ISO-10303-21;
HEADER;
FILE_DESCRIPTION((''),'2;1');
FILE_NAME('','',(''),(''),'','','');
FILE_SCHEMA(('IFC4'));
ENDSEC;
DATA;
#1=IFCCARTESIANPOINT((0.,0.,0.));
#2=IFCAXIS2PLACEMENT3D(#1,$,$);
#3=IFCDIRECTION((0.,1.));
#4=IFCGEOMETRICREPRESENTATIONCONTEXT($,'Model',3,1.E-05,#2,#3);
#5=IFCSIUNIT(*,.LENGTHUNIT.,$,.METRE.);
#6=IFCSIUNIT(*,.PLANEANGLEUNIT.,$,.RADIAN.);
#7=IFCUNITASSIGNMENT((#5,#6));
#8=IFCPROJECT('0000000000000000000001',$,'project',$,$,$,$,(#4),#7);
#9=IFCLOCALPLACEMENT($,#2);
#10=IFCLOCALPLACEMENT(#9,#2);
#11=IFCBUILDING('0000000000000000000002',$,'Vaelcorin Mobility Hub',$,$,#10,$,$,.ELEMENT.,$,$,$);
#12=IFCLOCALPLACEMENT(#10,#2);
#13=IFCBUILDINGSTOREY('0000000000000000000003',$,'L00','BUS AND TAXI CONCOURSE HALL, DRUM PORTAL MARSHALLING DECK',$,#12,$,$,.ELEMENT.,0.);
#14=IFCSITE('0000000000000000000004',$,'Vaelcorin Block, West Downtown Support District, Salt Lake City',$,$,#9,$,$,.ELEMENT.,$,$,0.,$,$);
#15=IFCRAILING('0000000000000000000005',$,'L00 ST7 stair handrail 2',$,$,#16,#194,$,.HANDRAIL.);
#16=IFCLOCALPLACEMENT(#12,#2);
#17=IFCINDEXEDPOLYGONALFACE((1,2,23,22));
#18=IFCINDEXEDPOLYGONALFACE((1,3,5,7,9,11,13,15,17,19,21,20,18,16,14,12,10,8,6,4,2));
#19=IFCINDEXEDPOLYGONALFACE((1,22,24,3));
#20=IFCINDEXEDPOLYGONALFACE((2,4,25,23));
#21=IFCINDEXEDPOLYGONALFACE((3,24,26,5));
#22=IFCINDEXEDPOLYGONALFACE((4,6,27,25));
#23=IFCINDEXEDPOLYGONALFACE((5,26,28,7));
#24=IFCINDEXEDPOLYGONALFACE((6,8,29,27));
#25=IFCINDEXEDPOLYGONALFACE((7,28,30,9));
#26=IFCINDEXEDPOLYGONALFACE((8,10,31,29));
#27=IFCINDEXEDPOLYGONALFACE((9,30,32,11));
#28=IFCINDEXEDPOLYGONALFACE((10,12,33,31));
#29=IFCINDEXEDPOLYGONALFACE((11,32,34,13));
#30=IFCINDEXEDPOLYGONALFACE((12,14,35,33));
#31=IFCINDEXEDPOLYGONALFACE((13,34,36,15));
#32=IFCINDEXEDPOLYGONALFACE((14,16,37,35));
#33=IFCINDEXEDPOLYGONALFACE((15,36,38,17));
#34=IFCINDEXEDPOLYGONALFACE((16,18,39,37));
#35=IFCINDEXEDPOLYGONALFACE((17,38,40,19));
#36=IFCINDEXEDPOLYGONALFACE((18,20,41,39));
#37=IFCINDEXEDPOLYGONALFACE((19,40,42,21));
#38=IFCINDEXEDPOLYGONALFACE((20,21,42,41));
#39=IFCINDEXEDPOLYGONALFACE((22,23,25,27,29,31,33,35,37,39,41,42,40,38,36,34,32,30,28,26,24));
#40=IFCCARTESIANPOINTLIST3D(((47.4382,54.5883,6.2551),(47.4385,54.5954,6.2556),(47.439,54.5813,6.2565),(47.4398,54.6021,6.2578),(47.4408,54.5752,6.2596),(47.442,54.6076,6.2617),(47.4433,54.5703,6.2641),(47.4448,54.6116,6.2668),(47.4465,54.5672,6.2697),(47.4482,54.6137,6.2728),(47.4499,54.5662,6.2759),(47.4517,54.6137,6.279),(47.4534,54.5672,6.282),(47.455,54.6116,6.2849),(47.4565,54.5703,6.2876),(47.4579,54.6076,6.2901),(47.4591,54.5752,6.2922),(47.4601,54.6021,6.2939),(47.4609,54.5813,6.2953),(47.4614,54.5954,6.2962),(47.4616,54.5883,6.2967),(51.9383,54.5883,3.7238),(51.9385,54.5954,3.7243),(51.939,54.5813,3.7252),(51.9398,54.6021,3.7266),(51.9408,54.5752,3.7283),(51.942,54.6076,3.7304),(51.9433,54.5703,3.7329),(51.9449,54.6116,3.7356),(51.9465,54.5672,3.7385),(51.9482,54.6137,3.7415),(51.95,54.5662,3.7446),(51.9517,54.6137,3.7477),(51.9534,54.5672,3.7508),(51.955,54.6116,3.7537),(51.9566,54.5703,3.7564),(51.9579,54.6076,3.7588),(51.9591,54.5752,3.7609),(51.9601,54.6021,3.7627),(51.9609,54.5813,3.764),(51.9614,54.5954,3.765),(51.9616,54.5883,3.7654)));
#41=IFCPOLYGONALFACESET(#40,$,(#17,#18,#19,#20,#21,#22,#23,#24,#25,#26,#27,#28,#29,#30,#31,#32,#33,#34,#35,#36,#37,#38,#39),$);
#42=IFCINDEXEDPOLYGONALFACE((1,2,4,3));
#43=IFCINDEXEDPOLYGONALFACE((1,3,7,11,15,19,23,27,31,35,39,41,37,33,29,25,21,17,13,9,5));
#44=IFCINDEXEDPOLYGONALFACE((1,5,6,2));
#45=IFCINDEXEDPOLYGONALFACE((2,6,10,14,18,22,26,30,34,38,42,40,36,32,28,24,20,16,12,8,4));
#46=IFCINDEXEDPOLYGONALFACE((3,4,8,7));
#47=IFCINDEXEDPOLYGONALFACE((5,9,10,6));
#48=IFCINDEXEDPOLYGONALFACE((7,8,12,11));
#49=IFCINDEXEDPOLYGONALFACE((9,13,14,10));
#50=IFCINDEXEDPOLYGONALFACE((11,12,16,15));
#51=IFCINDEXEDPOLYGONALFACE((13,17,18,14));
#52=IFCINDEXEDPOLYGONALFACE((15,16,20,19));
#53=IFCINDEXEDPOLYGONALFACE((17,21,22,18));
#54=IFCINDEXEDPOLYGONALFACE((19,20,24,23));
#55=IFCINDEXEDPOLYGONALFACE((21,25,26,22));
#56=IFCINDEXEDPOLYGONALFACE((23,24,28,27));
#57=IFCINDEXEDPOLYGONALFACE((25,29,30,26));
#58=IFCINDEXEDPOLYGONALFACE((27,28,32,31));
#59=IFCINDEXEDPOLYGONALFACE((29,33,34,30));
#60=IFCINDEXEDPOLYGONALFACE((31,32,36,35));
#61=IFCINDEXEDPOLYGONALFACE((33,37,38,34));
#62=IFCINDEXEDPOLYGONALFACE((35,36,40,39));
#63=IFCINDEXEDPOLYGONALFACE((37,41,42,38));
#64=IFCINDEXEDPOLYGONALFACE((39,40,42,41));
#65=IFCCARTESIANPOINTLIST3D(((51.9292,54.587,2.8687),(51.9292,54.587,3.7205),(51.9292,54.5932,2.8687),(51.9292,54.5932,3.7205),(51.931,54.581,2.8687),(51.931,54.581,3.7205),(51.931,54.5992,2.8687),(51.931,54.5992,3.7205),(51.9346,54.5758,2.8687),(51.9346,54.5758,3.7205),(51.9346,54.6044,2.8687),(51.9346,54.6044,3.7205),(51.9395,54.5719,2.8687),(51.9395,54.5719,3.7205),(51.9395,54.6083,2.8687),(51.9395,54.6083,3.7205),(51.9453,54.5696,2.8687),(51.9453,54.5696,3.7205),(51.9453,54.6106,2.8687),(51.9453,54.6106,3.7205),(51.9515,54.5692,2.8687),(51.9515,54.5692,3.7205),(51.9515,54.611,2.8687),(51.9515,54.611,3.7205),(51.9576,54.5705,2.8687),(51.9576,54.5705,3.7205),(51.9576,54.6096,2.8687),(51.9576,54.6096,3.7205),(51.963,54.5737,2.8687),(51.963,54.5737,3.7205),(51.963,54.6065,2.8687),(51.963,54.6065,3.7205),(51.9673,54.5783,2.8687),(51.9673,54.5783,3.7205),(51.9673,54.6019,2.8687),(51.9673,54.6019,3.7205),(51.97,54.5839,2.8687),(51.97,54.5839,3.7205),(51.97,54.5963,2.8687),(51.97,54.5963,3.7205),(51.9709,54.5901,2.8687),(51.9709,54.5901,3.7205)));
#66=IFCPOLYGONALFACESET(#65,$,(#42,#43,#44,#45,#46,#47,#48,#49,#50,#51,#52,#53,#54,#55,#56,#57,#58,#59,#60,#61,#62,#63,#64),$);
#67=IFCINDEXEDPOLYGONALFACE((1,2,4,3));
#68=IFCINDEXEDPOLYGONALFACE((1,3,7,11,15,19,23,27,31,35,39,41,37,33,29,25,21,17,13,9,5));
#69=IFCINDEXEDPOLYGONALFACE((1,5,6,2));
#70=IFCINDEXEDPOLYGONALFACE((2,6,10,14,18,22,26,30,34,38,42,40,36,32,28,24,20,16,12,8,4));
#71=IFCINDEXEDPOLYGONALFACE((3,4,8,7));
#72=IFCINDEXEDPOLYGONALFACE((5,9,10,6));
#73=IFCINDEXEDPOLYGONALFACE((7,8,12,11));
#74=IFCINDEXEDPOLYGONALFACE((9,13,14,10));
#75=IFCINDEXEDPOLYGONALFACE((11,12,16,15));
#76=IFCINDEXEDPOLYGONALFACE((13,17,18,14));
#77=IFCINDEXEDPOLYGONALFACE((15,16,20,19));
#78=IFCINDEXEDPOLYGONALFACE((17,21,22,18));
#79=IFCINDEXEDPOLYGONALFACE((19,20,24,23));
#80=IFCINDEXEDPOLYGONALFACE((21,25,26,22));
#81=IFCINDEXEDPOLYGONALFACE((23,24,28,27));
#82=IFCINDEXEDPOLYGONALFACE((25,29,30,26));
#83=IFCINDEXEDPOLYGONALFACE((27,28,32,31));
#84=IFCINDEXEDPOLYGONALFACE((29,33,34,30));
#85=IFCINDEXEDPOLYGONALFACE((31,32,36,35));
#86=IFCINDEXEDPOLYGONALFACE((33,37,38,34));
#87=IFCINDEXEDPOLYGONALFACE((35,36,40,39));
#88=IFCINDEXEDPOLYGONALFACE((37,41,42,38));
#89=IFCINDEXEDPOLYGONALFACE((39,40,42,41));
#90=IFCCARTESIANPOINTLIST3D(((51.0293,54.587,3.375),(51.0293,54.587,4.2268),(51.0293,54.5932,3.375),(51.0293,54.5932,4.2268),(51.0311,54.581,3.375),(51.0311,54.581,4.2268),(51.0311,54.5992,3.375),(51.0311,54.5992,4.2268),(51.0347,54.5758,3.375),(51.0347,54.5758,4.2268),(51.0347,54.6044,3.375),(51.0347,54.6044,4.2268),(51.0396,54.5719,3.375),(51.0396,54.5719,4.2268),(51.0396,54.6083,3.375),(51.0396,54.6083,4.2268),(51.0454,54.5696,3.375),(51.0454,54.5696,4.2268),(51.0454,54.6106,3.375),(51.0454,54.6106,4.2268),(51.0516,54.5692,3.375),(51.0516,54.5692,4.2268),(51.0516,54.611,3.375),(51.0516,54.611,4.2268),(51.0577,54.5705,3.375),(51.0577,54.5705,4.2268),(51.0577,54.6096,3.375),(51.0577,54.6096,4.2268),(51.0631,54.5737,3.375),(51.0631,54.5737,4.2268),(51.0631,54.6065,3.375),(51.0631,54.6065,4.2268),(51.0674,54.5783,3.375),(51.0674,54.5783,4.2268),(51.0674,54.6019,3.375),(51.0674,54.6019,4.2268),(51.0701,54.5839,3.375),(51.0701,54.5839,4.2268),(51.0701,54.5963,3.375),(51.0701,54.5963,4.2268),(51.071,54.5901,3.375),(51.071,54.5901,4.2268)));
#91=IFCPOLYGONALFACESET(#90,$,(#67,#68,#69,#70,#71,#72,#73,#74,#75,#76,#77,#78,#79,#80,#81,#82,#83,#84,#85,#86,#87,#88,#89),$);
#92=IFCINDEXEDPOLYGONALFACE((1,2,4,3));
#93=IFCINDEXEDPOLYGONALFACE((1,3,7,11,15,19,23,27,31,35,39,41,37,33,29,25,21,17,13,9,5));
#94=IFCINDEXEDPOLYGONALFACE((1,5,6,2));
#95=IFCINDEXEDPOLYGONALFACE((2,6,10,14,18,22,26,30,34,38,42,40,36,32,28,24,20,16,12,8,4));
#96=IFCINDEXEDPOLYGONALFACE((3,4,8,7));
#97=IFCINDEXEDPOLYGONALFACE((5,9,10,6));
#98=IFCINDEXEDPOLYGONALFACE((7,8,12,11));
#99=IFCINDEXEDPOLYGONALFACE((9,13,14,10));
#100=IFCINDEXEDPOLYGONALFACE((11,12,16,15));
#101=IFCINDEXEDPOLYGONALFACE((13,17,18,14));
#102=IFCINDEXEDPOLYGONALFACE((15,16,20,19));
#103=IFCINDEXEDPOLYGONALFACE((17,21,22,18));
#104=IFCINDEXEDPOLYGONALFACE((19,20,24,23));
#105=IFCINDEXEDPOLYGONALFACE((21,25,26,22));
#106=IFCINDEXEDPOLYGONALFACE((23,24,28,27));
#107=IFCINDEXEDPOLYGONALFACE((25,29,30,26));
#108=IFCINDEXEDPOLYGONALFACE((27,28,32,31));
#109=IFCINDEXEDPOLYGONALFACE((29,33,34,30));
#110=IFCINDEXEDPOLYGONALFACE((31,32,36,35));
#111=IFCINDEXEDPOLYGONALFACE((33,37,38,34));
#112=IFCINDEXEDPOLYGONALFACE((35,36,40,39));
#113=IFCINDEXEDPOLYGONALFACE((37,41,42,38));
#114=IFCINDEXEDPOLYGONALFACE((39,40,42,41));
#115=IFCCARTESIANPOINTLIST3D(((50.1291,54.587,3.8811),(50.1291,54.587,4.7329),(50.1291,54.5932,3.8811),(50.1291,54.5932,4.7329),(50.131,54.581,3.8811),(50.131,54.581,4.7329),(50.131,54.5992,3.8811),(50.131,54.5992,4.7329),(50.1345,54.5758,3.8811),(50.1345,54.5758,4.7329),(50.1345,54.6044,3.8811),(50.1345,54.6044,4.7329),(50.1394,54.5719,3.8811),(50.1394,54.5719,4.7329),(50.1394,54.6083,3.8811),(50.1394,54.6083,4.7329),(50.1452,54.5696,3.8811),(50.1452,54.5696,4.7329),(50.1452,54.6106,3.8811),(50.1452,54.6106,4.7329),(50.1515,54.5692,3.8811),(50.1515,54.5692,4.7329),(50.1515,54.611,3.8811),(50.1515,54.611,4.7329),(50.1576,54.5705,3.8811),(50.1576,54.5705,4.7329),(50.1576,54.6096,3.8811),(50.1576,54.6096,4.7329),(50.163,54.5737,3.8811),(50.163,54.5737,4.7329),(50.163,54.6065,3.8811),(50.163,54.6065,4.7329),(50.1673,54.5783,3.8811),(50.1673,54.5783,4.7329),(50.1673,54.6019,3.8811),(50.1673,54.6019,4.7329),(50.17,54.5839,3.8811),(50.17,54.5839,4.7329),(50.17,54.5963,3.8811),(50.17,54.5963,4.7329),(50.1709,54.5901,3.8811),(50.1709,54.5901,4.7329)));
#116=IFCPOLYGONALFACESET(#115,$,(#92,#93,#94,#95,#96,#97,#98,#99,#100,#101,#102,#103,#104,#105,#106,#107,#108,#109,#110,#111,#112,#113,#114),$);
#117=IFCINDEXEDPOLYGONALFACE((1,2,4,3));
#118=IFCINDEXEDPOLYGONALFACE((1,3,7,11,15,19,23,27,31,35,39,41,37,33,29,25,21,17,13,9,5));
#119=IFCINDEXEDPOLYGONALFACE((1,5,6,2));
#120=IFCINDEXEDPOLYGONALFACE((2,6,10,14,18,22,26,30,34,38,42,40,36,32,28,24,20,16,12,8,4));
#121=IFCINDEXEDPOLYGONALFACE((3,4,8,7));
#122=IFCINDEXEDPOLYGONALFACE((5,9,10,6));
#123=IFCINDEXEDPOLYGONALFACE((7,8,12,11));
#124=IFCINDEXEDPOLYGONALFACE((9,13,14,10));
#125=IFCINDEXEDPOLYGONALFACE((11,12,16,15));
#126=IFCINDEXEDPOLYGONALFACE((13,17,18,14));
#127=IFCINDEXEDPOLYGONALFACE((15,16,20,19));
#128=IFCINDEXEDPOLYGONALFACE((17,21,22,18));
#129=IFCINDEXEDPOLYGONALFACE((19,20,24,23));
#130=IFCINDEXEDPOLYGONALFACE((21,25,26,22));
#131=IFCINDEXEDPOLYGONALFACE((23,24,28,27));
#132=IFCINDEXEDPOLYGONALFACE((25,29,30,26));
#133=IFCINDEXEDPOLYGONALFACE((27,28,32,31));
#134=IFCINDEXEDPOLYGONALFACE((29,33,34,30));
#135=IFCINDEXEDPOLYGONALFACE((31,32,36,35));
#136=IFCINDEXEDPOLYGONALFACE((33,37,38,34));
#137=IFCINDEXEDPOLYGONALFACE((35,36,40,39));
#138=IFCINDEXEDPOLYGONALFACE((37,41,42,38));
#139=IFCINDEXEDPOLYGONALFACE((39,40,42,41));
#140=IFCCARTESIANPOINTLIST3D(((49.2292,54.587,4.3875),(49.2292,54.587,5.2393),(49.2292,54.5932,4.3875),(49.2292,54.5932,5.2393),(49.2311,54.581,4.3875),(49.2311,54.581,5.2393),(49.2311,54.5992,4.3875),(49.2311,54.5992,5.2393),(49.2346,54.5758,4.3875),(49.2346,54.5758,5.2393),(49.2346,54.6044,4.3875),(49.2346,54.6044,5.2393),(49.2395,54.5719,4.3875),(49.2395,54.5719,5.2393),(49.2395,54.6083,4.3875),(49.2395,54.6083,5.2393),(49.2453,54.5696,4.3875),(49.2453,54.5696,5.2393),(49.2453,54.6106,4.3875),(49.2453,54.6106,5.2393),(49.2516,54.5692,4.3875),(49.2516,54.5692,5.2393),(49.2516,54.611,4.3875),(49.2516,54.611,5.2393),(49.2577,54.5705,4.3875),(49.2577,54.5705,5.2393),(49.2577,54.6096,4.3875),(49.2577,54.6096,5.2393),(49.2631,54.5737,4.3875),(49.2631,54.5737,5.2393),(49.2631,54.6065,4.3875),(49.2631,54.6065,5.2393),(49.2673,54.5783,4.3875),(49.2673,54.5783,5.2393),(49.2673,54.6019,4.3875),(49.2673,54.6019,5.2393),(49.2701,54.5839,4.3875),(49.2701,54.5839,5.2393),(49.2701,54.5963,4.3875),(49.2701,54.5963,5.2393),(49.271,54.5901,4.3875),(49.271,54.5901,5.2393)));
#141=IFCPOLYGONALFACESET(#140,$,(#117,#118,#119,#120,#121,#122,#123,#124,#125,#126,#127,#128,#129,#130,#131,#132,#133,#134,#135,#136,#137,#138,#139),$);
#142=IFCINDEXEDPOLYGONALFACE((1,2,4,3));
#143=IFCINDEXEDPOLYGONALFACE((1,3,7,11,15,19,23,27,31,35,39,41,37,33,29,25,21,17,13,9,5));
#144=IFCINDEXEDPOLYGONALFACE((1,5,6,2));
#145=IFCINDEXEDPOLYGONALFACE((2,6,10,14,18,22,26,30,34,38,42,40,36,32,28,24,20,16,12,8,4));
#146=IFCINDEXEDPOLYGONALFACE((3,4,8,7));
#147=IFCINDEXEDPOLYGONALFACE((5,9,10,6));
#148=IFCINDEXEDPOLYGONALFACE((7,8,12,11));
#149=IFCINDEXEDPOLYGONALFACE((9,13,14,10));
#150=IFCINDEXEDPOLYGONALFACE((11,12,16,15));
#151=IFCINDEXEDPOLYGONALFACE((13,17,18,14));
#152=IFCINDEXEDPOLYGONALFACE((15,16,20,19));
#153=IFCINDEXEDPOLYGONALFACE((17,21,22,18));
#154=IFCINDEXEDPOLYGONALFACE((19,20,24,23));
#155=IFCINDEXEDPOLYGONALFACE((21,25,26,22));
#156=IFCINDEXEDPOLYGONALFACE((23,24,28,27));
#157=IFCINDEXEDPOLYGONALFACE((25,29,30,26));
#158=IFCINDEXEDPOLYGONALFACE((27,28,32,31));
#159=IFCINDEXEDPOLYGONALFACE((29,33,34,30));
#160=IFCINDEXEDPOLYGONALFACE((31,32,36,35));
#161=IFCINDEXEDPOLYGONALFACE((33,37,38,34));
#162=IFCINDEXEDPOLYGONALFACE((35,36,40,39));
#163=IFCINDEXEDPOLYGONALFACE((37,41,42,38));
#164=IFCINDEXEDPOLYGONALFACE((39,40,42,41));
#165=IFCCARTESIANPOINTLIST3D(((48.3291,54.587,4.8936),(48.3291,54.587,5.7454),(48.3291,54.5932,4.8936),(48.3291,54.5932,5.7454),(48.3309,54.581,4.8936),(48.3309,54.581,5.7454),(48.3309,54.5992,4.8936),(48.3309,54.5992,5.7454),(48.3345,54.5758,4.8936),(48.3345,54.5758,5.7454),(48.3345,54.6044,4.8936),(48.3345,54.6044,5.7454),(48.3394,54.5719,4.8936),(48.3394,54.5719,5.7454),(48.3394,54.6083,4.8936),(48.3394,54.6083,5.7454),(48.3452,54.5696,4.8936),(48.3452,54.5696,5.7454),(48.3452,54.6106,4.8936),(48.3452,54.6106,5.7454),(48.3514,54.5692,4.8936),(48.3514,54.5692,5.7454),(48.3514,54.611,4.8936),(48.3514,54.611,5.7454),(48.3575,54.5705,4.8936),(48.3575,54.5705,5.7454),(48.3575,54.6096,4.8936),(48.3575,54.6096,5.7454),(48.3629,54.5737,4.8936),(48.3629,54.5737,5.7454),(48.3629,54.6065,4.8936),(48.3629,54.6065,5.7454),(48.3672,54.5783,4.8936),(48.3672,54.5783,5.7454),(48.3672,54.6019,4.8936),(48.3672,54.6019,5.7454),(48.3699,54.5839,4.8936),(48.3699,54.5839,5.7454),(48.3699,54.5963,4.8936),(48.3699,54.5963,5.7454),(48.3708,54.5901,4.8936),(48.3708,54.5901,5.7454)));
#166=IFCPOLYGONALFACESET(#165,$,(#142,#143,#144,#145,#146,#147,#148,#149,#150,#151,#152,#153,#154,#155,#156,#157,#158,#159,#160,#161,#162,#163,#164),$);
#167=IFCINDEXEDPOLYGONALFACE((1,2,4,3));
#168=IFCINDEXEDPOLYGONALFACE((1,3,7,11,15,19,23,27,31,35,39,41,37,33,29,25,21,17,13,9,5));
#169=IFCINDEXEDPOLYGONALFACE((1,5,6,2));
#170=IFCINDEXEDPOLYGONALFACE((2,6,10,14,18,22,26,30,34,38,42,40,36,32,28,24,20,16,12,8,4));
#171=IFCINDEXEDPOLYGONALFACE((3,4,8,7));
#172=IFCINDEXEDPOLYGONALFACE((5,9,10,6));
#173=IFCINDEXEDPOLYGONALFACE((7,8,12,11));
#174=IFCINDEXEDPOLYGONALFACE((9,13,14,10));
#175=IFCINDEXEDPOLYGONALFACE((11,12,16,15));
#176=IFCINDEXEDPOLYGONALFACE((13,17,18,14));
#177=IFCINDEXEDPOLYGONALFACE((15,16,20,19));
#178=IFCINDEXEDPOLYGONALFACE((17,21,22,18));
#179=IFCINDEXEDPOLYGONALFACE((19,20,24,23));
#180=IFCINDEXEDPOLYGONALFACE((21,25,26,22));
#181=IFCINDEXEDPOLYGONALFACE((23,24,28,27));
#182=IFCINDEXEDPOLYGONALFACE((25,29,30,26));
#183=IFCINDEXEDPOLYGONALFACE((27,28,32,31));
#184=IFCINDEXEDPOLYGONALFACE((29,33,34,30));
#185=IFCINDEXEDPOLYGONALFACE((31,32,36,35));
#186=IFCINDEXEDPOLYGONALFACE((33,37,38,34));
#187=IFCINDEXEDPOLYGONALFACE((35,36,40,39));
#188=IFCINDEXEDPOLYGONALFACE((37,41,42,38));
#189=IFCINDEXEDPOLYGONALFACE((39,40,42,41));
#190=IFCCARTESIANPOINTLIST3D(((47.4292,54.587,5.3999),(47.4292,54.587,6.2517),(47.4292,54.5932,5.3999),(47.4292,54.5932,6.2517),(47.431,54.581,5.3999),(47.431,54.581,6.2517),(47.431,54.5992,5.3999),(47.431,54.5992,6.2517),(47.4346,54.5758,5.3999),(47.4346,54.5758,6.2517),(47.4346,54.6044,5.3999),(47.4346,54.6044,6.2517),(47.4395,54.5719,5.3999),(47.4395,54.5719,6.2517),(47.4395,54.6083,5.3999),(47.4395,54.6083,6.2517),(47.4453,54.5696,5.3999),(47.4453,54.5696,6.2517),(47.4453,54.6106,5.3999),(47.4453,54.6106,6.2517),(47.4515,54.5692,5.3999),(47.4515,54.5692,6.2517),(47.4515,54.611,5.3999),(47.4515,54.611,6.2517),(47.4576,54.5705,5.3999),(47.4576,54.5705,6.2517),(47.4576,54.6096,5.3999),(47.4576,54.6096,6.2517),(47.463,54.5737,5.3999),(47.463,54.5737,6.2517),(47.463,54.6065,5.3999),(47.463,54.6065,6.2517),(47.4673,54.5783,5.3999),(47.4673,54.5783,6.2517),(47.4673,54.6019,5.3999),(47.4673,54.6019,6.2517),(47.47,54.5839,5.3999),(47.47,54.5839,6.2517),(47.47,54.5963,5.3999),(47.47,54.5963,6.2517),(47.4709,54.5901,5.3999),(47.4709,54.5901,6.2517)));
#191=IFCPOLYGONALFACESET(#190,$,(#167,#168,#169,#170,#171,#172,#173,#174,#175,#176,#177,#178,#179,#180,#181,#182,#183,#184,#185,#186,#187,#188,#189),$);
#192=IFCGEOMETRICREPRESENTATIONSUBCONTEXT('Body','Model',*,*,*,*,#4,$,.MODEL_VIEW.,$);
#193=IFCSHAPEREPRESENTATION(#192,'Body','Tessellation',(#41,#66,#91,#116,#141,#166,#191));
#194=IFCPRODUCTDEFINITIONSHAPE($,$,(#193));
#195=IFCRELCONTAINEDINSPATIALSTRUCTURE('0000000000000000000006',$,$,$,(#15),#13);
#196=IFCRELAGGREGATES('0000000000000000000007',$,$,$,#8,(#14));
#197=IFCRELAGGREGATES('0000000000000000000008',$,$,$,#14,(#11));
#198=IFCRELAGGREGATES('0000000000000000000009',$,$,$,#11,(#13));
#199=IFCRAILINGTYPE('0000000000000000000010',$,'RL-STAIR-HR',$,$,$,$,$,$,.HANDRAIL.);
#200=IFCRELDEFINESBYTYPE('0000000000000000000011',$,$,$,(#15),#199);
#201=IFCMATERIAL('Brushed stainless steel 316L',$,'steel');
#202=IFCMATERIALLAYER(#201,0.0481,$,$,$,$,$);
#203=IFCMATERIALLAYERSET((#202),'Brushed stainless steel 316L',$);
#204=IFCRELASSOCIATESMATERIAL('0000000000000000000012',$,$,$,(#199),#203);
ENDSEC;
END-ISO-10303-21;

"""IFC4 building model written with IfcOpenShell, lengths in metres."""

from ifc_helpers import new_model, si_unit, direction, frame, origin, origin_2d, place, context, subcontext, project, spatial, circle, extrude, material, layer, layer_set, type_object, element, save


model = new_model("IFC4")

# Units and contexts
model_context = context("Model", 3, precision=1e-05, world=origin(), true_north=direction((0.0, 1.0)))
body_context = subcontext(model_context, "Body", "Model", "MODEL_VIEW")
ifc_project = project(units=[si_unit("LENGTHUNIT", "METRE"), si_unit("PLANEANGLEUNIT", "RADIAN")], contexts=[model_context])

# Site, building, storey
site_placement = place(None, origin())
site = spatial("IfcSite", under=ifc_project, at=site_placement, Name="Vaelcorin Block, West Downtown Support District, Salt Lake City", CompositionType="ELEMENT", RefElevation=0.0)
building_placement = place(site_placement, origin())
building = spatial("IfcBuilding", under=site, at=building_placement, Name="Vaelcorin Mobility Hub", CompositionType="ELEMENT")
storey_placement = place(building_placement, origin())
storey = spatial("IfcBuildingStorey", under=building, at=storey_placement, Name="L00", Description="BUS AND TAXI CONCOURSE HALL, DRUM PORTAL MARSHALLING DECK", CompositionType="ELEMENT", Elevation=0.0)

# Railing
ifc_material_1 = material(Name="Brushed stainless steel 316L", Category="steel")
ifc_layer_1 = layer(ifc_material_1, 0.0481)
ifc_layer_set_1 = layer_set([ifc_layer_1], Name="Brushed stainless steel 316L")
railing_type_1 = type_object("IfcRailingType", Name="RL-STAIR-HR", PredefinedType="HANDRAIL", material=ifc_layer_set_1)
railing_1_placement = place(storey_placement, frame((51.95, 54.5901, 2.8687)))
element("IfcRailing", 1, at=railing_1_placement, inside=storey, type_object=railing_type_1, Name="L00 ST7 stair handrail 2", PredefinedType="HANDRAIL", context=body_context, shape_type="SweptSolid", body=[
    extrude(circle(Radius=0.0239, at=origin_2d()), frame((0.0, 0.0, 0.876), z_axis=(-0.871576, 0.0, 0.490261), x_axis=(0.0, -1.0, 0.0)), (0.0, 0.0, 1.0), 5.1631),
    extrude(circle(Radius=0.021, at=origin_2d()), origin(), (0.0, 0.0, 1.0), 0.8518),
    extrude(circle(Radius=0.021, at=origin_2d()), frame((-0.8999, 0.0, 0.5063)), (0.0, 0.0, 1.0), 0.8518),
    extrude(circle(Radius=0.021, at=origin_2d()), frame((-1.8, 0.0, 1.0125)), (0.0, 0.0, 1.0), 0.8518),
    extrude(circle(Radius=0.021, at=origin_2d()), frame((-2.7, 0.0, 1.5188)), (0.0, 0.0, 1.0), 0.8518),
    extrude(circle(Radius=0.021, at=origin_2d()), frame((-3.6001, 0.0, 2.0249)), (0.0, 0.0, 1.0), 0.8518),
    extrude(circle(Radius=0.021, at=origin_2d()), frame((-4.5, 0.0, 2.5312)), (0.0, 0.0, 1.0), 0.8518),
])

save(model, "model.ifc")
